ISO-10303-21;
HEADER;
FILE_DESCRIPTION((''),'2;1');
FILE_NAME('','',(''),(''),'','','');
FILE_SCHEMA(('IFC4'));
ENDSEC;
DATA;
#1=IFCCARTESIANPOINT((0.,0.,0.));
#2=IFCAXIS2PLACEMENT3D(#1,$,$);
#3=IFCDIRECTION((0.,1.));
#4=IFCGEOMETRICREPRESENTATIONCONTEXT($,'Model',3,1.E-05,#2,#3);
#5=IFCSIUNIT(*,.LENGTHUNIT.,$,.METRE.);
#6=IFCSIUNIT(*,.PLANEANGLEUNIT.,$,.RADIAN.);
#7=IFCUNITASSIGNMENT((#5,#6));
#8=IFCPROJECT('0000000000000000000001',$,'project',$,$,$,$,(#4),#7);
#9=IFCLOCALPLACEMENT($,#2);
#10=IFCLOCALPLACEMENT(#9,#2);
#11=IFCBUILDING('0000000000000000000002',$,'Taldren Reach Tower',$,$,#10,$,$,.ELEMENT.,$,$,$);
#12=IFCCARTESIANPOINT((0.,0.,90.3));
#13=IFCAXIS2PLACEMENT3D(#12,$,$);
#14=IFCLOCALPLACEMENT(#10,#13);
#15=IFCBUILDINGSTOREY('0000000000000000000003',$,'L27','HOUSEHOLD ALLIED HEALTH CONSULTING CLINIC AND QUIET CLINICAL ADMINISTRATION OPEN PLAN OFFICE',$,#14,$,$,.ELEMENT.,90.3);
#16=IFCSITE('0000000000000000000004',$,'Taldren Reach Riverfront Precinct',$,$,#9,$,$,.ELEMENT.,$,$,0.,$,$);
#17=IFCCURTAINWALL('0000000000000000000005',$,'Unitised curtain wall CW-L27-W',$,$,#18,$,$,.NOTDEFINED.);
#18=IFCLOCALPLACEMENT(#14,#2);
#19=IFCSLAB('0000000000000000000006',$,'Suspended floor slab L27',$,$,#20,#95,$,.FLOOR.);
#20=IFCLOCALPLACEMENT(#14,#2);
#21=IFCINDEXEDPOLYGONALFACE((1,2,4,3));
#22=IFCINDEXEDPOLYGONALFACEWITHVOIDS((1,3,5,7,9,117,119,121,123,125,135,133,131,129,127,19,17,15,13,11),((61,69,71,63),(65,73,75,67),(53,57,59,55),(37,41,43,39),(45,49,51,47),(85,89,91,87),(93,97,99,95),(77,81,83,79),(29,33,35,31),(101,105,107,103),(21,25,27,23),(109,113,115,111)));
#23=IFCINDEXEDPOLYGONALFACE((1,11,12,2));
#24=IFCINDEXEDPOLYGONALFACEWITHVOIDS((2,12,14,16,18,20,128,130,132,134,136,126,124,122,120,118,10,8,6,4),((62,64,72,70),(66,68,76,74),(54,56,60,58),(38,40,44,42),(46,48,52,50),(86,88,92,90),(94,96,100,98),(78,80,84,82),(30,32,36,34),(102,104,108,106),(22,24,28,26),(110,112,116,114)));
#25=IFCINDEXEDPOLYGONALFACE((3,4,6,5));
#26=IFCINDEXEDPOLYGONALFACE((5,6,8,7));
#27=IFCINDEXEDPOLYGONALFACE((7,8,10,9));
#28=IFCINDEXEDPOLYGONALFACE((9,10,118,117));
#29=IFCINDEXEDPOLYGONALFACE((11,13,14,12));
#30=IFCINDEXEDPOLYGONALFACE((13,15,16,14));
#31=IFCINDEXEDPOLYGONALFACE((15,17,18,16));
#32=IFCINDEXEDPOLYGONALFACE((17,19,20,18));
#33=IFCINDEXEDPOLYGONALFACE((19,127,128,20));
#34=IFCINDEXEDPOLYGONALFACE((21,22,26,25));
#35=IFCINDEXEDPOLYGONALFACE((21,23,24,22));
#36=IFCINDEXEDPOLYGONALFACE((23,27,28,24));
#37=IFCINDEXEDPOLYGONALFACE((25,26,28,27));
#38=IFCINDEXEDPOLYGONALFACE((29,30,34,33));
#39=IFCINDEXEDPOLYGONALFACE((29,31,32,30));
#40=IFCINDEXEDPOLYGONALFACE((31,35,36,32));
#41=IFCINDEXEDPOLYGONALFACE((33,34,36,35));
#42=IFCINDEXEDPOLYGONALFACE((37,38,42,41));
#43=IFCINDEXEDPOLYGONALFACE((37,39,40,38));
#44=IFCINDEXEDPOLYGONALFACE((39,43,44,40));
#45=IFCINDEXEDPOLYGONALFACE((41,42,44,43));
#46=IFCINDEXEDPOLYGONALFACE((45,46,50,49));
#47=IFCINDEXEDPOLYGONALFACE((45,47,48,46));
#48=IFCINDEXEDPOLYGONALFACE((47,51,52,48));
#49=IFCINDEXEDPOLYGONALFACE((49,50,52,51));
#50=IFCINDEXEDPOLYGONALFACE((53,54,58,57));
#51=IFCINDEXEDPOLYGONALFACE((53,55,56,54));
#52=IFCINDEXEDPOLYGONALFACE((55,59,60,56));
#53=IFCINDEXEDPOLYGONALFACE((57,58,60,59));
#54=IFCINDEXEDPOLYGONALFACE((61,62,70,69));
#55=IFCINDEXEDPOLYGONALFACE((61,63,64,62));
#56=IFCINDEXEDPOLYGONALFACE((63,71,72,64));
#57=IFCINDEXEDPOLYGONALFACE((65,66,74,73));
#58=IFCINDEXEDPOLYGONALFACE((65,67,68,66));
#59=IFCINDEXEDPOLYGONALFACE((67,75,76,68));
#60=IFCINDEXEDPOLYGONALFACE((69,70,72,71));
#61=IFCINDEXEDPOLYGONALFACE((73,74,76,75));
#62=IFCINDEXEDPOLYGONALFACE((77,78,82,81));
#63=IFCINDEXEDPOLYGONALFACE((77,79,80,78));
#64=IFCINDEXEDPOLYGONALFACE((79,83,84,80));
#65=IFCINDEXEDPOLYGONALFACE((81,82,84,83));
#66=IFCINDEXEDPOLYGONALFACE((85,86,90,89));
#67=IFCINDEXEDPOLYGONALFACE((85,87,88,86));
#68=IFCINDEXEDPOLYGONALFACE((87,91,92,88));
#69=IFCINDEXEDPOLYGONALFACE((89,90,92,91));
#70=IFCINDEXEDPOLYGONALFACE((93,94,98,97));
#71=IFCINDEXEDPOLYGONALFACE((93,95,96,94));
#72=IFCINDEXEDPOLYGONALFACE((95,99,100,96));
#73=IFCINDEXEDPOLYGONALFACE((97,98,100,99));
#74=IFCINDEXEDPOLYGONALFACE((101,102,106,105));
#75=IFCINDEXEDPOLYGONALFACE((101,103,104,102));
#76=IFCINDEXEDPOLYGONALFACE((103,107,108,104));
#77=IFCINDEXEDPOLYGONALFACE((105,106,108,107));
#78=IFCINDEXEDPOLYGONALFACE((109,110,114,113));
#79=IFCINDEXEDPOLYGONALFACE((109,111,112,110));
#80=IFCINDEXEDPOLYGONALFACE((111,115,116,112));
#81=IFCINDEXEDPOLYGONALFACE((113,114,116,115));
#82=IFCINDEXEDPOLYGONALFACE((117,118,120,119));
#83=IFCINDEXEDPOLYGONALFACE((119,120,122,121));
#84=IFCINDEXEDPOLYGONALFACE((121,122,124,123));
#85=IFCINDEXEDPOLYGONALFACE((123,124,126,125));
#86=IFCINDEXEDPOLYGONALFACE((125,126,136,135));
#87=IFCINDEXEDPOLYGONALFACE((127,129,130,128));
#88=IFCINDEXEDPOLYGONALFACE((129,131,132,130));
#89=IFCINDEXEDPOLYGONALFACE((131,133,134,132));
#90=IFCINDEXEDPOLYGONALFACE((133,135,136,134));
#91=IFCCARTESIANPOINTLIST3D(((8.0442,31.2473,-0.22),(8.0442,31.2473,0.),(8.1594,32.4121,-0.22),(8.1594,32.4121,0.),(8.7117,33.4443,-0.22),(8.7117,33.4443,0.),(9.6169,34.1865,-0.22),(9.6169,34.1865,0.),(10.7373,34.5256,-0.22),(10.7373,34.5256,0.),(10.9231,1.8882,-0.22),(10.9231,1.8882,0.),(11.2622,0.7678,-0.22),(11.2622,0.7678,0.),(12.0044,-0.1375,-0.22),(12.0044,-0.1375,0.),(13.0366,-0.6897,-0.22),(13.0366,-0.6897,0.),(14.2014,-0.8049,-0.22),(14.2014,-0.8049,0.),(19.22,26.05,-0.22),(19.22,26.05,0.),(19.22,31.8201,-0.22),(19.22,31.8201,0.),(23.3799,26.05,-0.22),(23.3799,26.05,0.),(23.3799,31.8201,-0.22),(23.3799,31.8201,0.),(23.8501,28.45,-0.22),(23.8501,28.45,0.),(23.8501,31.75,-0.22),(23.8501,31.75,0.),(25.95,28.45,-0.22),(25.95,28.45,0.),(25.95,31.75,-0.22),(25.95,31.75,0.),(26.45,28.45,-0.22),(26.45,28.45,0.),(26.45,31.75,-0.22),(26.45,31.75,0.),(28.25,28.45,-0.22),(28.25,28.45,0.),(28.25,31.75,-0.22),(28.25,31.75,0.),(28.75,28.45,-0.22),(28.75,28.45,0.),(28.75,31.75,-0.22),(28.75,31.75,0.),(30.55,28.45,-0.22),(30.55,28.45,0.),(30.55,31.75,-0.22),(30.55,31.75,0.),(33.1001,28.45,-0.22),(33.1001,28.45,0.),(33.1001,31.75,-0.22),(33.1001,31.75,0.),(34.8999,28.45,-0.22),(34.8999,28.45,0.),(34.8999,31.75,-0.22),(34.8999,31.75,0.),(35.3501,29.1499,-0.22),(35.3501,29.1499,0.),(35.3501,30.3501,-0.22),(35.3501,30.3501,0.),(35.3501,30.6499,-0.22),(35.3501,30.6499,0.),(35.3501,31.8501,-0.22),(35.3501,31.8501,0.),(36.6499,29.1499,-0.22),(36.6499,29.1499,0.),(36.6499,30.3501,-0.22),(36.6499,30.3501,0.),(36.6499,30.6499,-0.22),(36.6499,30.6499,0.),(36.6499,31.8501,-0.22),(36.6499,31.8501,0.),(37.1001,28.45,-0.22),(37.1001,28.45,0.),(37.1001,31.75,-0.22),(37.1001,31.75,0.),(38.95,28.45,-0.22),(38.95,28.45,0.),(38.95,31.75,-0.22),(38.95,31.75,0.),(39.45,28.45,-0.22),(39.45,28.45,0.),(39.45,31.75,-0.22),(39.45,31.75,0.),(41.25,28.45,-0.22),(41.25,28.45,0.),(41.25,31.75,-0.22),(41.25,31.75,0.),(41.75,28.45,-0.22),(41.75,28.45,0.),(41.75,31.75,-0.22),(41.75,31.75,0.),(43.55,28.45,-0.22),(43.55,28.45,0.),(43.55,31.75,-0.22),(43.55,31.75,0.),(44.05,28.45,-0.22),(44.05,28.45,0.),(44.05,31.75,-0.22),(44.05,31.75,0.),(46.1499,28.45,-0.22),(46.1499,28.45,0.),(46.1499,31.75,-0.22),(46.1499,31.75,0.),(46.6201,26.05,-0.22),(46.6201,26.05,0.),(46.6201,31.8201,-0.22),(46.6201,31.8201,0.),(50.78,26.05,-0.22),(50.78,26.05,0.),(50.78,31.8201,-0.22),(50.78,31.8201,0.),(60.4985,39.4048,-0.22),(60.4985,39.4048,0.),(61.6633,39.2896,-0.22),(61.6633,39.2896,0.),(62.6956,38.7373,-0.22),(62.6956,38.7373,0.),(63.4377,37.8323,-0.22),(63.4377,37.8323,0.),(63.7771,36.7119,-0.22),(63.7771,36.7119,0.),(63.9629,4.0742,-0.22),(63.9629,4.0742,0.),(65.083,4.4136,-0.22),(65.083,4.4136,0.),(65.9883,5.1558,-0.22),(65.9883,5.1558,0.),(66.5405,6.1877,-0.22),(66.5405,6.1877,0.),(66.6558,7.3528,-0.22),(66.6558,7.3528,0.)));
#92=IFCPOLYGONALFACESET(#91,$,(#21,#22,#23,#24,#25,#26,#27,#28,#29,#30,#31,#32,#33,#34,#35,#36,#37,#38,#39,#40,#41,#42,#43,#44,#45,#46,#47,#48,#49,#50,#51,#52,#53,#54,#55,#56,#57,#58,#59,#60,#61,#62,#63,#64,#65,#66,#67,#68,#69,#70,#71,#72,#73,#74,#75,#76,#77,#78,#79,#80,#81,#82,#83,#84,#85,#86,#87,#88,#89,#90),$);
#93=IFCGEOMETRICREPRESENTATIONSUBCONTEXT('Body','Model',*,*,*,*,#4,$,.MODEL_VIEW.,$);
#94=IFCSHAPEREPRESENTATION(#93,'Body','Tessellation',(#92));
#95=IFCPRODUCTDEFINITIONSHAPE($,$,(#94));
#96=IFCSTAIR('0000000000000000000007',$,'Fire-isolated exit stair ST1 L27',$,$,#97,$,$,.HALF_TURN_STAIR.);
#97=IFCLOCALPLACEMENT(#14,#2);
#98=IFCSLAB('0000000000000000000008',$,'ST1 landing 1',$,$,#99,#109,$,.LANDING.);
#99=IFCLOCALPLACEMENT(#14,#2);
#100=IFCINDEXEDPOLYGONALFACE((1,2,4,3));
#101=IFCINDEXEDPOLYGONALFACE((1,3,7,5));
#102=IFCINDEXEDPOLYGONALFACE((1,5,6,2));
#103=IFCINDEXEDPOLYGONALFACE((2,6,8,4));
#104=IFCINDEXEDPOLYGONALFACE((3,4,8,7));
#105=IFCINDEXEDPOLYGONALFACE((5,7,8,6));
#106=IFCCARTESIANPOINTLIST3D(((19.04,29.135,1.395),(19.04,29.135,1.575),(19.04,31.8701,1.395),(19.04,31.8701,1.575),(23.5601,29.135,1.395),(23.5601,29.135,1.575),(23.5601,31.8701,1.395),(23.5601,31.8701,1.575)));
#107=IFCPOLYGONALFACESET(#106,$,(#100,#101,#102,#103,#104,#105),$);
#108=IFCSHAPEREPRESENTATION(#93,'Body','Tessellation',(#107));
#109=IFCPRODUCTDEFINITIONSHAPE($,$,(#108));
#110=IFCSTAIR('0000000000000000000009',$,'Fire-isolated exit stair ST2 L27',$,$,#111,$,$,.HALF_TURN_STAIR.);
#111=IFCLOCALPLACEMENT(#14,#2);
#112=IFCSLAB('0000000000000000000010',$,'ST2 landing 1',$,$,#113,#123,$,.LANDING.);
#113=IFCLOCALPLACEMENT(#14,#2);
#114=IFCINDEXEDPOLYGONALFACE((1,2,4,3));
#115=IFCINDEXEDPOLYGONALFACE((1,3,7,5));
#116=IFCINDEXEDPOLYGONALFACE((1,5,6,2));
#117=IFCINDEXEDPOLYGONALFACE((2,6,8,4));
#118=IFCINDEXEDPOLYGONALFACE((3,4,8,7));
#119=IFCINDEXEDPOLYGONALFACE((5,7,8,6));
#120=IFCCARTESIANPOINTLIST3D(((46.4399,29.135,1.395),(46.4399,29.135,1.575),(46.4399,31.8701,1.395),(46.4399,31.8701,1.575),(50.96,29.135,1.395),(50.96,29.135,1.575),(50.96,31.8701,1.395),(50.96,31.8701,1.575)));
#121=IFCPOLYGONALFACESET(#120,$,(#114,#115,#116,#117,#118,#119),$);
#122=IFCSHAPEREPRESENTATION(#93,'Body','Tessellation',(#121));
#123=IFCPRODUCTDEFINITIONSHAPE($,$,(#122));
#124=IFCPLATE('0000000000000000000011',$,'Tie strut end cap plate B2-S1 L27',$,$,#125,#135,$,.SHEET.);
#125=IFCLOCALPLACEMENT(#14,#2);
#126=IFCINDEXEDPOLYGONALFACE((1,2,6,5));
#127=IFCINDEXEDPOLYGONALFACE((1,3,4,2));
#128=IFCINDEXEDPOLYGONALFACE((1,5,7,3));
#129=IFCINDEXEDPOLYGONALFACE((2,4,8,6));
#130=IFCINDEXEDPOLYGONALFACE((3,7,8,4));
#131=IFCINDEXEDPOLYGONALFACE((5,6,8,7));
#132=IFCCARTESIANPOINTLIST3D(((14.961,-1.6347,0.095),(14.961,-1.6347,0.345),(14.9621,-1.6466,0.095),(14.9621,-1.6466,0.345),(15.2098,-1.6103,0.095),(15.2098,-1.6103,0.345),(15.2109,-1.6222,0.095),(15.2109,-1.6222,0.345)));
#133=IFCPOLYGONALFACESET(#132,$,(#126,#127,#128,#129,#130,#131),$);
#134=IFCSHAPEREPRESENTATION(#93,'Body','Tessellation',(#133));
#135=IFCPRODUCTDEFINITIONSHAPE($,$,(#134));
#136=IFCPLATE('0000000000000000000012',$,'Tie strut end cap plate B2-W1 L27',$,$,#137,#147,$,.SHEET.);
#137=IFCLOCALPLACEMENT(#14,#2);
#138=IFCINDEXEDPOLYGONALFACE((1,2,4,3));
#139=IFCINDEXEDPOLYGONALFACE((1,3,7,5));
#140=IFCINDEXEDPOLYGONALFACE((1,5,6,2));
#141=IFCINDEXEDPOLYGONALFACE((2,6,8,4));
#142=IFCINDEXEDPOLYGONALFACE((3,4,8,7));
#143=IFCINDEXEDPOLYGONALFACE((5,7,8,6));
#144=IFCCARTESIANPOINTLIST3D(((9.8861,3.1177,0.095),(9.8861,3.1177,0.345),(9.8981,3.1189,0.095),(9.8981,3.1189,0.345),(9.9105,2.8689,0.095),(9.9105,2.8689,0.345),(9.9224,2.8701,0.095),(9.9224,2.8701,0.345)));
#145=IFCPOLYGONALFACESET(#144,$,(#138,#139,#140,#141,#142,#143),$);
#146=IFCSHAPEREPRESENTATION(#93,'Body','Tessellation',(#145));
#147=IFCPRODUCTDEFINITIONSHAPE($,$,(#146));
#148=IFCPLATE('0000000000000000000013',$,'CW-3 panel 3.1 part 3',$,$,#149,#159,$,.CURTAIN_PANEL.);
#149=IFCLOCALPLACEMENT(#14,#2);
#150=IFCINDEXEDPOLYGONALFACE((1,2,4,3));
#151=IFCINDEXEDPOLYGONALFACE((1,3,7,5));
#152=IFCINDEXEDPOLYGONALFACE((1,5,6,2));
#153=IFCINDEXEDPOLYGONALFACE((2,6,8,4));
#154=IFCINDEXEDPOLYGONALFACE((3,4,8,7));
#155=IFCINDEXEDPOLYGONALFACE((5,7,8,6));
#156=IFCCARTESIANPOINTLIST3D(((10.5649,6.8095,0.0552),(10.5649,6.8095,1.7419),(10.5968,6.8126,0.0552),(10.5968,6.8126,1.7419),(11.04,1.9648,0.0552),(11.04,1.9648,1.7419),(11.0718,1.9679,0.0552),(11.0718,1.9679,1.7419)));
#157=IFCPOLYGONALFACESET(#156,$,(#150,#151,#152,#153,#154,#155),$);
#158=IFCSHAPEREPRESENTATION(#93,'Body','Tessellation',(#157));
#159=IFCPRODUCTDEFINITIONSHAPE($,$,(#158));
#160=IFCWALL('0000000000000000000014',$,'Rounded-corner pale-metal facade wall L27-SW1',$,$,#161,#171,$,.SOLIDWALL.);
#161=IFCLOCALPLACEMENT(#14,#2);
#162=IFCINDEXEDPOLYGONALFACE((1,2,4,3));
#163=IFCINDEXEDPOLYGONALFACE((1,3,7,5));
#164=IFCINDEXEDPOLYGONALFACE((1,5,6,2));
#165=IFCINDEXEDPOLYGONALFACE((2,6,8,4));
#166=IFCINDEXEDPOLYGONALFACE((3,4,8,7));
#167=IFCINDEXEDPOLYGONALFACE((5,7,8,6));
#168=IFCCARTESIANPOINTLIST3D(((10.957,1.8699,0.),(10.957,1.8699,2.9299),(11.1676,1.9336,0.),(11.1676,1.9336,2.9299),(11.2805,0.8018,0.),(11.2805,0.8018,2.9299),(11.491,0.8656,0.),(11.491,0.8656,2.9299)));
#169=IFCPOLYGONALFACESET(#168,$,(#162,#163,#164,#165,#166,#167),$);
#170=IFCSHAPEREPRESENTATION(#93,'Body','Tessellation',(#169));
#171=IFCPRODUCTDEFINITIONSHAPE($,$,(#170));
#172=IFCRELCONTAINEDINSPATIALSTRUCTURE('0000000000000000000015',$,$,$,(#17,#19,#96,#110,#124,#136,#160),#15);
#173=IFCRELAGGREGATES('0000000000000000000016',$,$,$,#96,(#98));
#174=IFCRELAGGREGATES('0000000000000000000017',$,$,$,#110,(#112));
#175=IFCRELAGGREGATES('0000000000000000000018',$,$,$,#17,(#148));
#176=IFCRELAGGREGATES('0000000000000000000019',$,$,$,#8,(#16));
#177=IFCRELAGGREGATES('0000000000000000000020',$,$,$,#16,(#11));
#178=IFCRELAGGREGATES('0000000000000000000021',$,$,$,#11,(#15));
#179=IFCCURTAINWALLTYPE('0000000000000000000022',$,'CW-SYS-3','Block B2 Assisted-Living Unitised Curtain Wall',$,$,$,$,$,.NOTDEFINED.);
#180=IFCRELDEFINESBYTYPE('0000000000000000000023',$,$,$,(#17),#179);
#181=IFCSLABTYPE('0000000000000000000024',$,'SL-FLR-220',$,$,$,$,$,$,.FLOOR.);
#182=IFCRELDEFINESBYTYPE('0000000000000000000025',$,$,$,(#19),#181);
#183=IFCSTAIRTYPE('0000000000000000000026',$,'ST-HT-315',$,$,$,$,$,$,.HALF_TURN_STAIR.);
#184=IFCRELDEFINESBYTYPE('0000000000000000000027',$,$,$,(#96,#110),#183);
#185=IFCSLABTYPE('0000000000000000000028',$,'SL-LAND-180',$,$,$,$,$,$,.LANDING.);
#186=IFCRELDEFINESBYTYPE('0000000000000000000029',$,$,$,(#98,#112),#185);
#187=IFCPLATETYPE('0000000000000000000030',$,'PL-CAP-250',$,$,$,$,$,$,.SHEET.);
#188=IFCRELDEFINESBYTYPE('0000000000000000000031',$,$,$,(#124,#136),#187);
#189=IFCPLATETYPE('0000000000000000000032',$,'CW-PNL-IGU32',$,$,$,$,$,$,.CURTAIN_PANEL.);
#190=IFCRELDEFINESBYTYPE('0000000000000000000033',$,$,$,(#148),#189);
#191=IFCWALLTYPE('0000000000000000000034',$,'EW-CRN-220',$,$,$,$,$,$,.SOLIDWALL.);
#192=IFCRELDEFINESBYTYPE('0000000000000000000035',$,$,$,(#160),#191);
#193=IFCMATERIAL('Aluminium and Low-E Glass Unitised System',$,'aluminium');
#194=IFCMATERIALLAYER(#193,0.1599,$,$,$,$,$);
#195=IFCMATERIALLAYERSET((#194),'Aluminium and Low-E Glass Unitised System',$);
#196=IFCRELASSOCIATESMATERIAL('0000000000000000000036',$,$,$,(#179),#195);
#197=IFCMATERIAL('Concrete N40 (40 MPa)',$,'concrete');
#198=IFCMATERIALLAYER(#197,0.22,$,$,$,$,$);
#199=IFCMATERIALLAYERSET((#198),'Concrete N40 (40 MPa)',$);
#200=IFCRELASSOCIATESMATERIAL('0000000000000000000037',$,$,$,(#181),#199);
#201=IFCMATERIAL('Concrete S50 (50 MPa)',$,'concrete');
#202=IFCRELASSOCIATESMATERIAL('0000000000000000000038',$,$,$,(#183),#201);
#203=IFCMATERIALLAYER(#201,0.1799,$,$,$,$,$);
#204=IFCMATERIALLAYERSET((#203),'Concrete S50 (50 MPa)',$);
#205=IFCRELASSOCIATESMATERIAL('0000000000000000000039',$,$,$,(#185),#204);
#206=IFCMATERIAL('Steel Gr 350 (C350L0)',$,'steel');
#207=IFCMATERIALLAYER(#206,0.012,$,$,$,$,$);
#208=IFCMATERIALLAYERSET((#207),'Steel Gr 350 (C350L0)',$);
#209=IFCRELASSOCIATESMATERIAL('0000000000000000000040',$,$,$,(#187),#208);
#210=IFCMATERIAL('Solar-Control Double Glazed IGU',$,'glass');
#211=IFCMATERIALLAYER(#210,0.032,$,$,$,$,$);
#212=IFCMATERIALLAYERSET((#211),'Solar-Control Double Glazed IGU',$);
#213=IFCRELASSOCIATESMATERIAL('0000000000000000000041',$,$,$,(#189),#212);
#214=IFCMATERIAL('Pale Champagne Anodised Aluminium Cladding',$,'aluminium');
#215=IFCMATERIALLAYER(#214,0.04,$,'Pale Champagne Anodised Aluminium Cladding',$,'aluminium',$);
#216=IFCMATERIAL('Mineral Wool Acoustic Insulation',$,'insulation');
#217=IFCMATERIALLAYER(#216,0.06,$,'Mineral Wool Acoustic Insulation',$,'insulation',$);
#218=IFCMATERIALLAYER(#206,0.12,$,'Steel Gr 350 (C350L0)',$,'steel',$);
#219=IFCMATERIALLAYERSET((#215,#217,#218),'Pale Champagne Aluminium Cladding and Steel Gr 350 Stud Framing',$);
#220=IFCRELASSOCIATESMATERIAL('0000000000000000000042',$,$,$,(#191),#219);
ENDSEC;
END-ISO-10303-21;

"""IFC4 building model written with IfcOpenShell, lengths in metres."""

from ifc_helpers import new_model, si_unit, direction, frame, frame_2d, origin, origin_2d, place, context, subcontext, project, spatial, polyline, rectangle, outline, extrude, source, transform, mapped, material, layer, layer_set, type_object, element, aggregate, save


model = new_model("IFC4")

# Units and contexts
model_context = context("Model", 3, precision=1e-05, world=origin(), true_north=direction((0.0, 1.0)))
body_context = subcontext(model_context, "Body", "Model", "MODEL_VIEW")
ifc_project = project(units=[si_unit("LENGTHUNIT", "METRE"), si_unit("PLANEANGLEUNIT", "RADIAN")], contexts=[model_context])

# Site, building, storey
site_placement = place(None, origin())
site = spatial("IfcSite", under=ifc_project, at=site_placement, Name="Taldren Reach Riverfront Precinct", CompositionType="ELEMENT", RefElevation=0.0)
building_placement = place(site_placement, origin())
building = spatial("IfcBuilding", under=site, at=building_placement, Name="Taldren Reach Tower", CompositionType="ELEMENT")
storey_placement = place(building_placement, frame((0.0, 0.0, 90.3)))
storey = spatial("IfcBuildingStorey", under=building, at=storey_placement, Name="L27", Description="HOUSEHOLD ALLIED HEALTH CONSULTING CLINIC AND QUIET CLINICAL ADMINISTRATION OPEN PLAN OFFICE", CompositionType="ELEMENT", Elevation=90.3)

# Shared definitions
ifc_material_1 = material(Name="Steel Gr 350 (C350L0)", Category="steel")

# Curtain wall
ifc_material_2 = material(Name="Aluminium and Low-E Glass Unitised System", Category="aluminium")
ifc_layer_1 = layer(ifc_material_2, 0.1599)
ifc_layer_set_1 = layer_set([ifc_layer_1], Name="Aluminium and Low-E Glass Unitised System")
curtain_wall_type = type_object("IfcCurtainWallType", Name="CW-SYS-3", Description="Block B2 Assisted-Living Unitised Curtain Wall", PredefinedType="NOTDEFINED", material=ifc_layer_set_1)
curtain_wall_1_placement = place(storey_placement, origin())
curtain_wall_1 = element("IfcCurtainWall", 1, at=curtain_wall_1_placement, inside=storey, type_object=curtain_wall_type, Name="Unitised curtain wall CW-L27-W", PredefinedType="NOTDEFINED")

# Slab
ifc_material_3 = material(Name="Concrete N40 (40 MPa)", Category="concrete")
ifc_layer_2 = layer(ifc_material_3, 0.22)
ifc_layer_set_2 = layer_set([ifc_layer_2], Name="Concrete N40 (40 MPa)")
slab_type_1 = type_object("IfcSlabType", Name="SL-FLR-220", PredefinedType="FLOOR", material=ifc_layer_set_2)
slab_1_placement = place(storey_placement, frame((0.0, 0.0, -0.22)))
element("IfcSlab", 2, at=slab_1_placement, inside=storey, type_object=slab_type_1, Name="Suspended floor slab L27", PredefinedType="FLOOR", context=body_context, shape_type="SweptSolid", body=[
    extrude(outline(polyline([(63.9629, 4.0742), (65.083, 4.4136), (65.9883, 5.1558), (66.5405, 6.1877), (66.6558, 7.3528), (63.7771, 36.7119), (63.4377, 37.8323), (62.6956, 38.7373), (61.6633, 39.2896), (60.4985, 39.4048), (10.7373, 34.5256), (9.6169, 34.1865), (8.7117, 33.4443), (8.1594, 32.4121), (8.0442, 31.2473), (10.9231, 1.8882), (11.2622, 0.7678), (12.0044, -0.1375), (13.0366, -0.6897), (14.2014, -0.8049), (63.9629, 4.0742)]), holes=[polyline([(19.22, 26.05), (23.3799, 26.05), (23.3799, 31.8201), (19.22, 31.8201), (19.22, 26.05)]), polyline([(46.6201, 26.05), (50.78, 26.05), (50.78, 31.8201), (46.6201, 31.8201), (46.6201, 26.05)]), polyline([(23.8501, 28.45), (25.95, 28.45), (25.95, 31.75), (23.8501, 31.75), (23.8501, 28.45)]), polyline([(44.05, 28.45), (46.1499, 28.45), (46.1499, 31.75), (44.05, 31.75), (44.05, 28.45)]), polyline([(26.45, 28.45), (28.25, 28.45), (28.25, 31.75), (26.45, 31.75), (26.45, 28.45)]), polyline([(28.75, 28.45), (30.55, 28.45), (30.55, 31.75), (28.75, 31.75), (28.75, 28.45)]), polyline([(33.1001, 28.45), (34.8999, 28.45), (34.8999, 31.75), (33.1001, 31.75), (33.1001, 28.45)]), polyline([(37.1001, 28.45), (38.95, 28.45), (38.95, 31.75), (37.1001, 31.75), (37.1001, 28.45)]), polyline([(39.45, 28.45), (41.25, 28.45), (41.25, 31.75), (39.45, 31.75), (39.45, 28.45)]), polyline([(41.75, 28.45), (43.55, 28.45), (43.55, 31.75), (41.75, 31.75), (41.75, 28.45)]), polyline([(35.3501, 30.6499), (36.6499, 30.6499), (36.6499, 31.8501), (35.3501, 31.8501), (35.3501, 30.6499)]), polyline([(35.3501, 29.1499), (36.6499, 29.1499), (36.6499, 30.3501), (35.3501, 30.3501), (35.3501, 29.1499)])]), origin(), (0.0, 0.0, 1.0), 0.22),
])

# Stairs, slabs
ifc_material_4 = material(Name="Concrete S50 (50 MPa)", Category="concrete")
stair_type = type_object("IfcStairType", Name="ST-HT-315", PredefinedType="HALF_TURN_STAIR", material=ifc_material_4)
stair_1_placement = place(storey_placement, origin())
stair_1 = element("IfcStair", 3, at=stair_1_placement, inside=storey, type_object=stair_type, Name="Fire-isolated exit stair ST1 L27", PredefinedType="HALF_TURN_STAIR")
ifc_layer_3 = layer(ifc_material_4, 0.1799)
ifc_layer_set_3 = layer_set([ifc_layer_3], Name="Concrete S50 (50 MPa)")
slab_type_2 = type_object("IfcSlabType", Name="SL-LAND-180", PredefinedType="LANDING", material=ifc_layer_set_3)
slab_2_placement = place(storey_placement, frame((0.0, 0.0, 1.395)))
slab_2 = element("IfcSlab", 4, at=slab_2_placement, type_object=slab_type_2, Name="ST1 landing 1", PredefinedType="LANDING", context=body_context, shape_type="SweptSolid", body=[
    extrude(outline(polyline([(19.04, 29.135), (23.5601, 29.135), (23.5601, 31.8701), (19.04, 31.8701), (19.04, 29.135)])), origin(), (0.0, 0.0, 1.0), 0.1799),
])
aggregate(stair_1, [slab_2])
stair_2_placement = place(storey_placement, origin())
stair_2 = element("IfcStair", 5, at=stair_2_placement, inside=storey, type_object=stair_type, Name="Fire-isolated exit stair ST2 L27", PredefinedType="HALF_TURN_STAIR")
slab_3_placement = place(storey_placement, frame((0.0, 0.0, 1.395)))
slab_3 = element("IfcSlab", 6, at=slab_3_placement, type_object=slab_type_2, Name="ST2 landing 1", PredefinedType="LANDING", context=body_context, shape_type="SweptSolid", body=[
    extrude(outline(polyline([(46.4399, 29.135), (50.96, 29.135), (50.96, 31.8701), (46.4399, 31.8701), (46.4399, 29.135)])), origin(), (0.0, 0.0, 1.0), 0.1799),
])
aggregate(stair_2, [slab_3])

# Plates
ifc_layer_4 = layer(ifc_material_1, 0.012)
ifc_layer_set_4 = layer_set([ifc_layer_4], Name="Steel Gr 350 (C350L0)")
plate_type_1 = type_object("IfcPlateType", Name="PL-CAP-250", PredefinedType="SHEET", material=ifc_layer_set_4)
shared_shape_1 = source(origin(), body_context, "Body", "SweptSolid", [
    extrude(rectangle(XDim=0.25, YDim=0.012, at=origin_2d()), origin(), (0.0, 0.0, 1.0), 0.25),
])
plate_1_placement = place(storey_placement, frame((15.0859, -1.6284, 0.095), z_axis=(0.0, 0.0, 1.0), x_axis=(0.995227, 0.097583, 0.0)))
element("IfcPlate", 7, at=plate_1_placement, inside=storey, type_object=plate_type_1, Name="Tie strut end cap plate B2-S1 L27", PredefinedType="SHEET", context=body_context, shape_type="MappedRepresentation", body=[
    mapped(shared_shape_1, transform((0.0, 0.0, 0.0), scale=1.0)),
])
shared_shape_2 = source(origin(), body_context, "Body", "SweptSolid", [
    extrude(rectangle(XDim=0.012, YDim=0.25, at=origin_2d()), origin(), (0.0, 0.0, 1.0), 0.25),
])
plate_2_placement = place(storey_placement, frame((9.9043, 2.9939, 0.095), z_axis=(0.0, 0.0, 1.0), x_axis=(0.995227, 0.097583, 0.0)))
element("IfcPlate", 8, at=plate_2_placement, inside=storey, type_object=plate_type_1, Name="Tie strut end cap plate B2-W1 L27", PredefinedType="SHEET", context=body_context, shape_type="MappedRepresentation", body=[
    mapped(shared_shape_2, transform((0.0, 0.0, 0.0), scale=1.0)),
])

# Plate
ifc_material_5 = material(Name="Solar-Control Double Glazed IGU", Category="glass")
ifc_layer_5 = layer(ifc_material_5, 0.032)
ifc_layer_set_5 = layer_set([ifc_layer_5], Name="Solar-Control Double Glazed IGU")
plate_type_2 = type_object("IfcPlateType", Name="CW-PNL-IGU32", PredefinedType="CURTAIN_PANEL", material=ifc_layer_set_5)
shared_shape_3 = source(origin(), body_context, "Body", "SweptSolid", [
    extrude(rectangle(XDim=4.8679, YDim=0.032, at=origin_2d()), origin(), (0.0, 0.0, 1.0), 1.6868),
])
plate_3_placement = place(storey_placement, frame((10.8184, 4.3887, 0.0552), z_axis=(0.0, 0.0, 1.0), x_axis=(0.097583, -0.995227, 0.0)))
plate_3 = element("IfcPlate", 9, at=plate_3_placement, type_object=plate_type_2, Name="CW-3 panel 3.1 part 3", PredefinedType="CURTAIN_PANEL", context=body_context, shape_type="MappedRepresentation", body=[
    mapped(shared_shape_3, transform((0.0, 0.0, 0.0), scale=1.0)),
])
aggregate(curtain_wall_1, [plate_3])

# Wall
ifc_material_6 = material(Name="Pale Champagne Anodised Aluminium Cladding", Category="aluminium")
ifc_layer_6 = layer(ifc_material_6, 0.04, Name="Pale Champagne Anodised Aluminium Cladding", Category="aluminium")
ifc_material_7 = material(Name="Mineral Wool Acoustic Insulation", Category="insulation")
ifc_layer_7 = layer(ifc_material_7, 0.06, Name="Mineral Wool Acoustic Insulation", Category="insulation")
ifc_layer_8 = layer(ifc_material_1, 0.12, Name="Steel Gr 350 (C350L0)", Category="steel")
ifc_layer_set_6 = layer_set([ifc_layer_6, ifc_layer_7, ifc_layer_8], Name="Pale Champagne Aluminium Cladding and Steel Gr 350 Stud Framing")
wall_type_1 = type_object("IfcWallType", Name="EW-CRN-220", PredefinedType="SOLIDWALL", material=ifc_layer_set_6)
shared_shape_4 = source(origin(), body_context, "Body", "SweptSolid", [
    extrude(rectangle(XDim=1.116, YDim=0.22, at=frame_2d((0.5581, 0.0))), origin(), (0.0, 0.0, 1.0), 2.9299),
])
for number, where, z_axis, x_axis, name in (
    (10, (11.0623, 1.9019, 0.0), (0.0, 0.0, 1.0), (0.289856, -0.95707, 0.0), "Rounded-corner pale-metal facade wall L27-SW1"),
):
    element("IfcWall", number, at=place(storey_placement, frame(where, z_axis=z_axis, x_axis=x_axis)), inside=storey, type_object=wall_type_1, Name=name, PredefinedType="SOLIDWALL", context=body_context, shape_type="MappedRepresentation", body=[
        mapped(shared_shape_4, transform((0.0, 0.0, 0.0), scale=1.0)),
    ])

save(model, "model.ifc")
